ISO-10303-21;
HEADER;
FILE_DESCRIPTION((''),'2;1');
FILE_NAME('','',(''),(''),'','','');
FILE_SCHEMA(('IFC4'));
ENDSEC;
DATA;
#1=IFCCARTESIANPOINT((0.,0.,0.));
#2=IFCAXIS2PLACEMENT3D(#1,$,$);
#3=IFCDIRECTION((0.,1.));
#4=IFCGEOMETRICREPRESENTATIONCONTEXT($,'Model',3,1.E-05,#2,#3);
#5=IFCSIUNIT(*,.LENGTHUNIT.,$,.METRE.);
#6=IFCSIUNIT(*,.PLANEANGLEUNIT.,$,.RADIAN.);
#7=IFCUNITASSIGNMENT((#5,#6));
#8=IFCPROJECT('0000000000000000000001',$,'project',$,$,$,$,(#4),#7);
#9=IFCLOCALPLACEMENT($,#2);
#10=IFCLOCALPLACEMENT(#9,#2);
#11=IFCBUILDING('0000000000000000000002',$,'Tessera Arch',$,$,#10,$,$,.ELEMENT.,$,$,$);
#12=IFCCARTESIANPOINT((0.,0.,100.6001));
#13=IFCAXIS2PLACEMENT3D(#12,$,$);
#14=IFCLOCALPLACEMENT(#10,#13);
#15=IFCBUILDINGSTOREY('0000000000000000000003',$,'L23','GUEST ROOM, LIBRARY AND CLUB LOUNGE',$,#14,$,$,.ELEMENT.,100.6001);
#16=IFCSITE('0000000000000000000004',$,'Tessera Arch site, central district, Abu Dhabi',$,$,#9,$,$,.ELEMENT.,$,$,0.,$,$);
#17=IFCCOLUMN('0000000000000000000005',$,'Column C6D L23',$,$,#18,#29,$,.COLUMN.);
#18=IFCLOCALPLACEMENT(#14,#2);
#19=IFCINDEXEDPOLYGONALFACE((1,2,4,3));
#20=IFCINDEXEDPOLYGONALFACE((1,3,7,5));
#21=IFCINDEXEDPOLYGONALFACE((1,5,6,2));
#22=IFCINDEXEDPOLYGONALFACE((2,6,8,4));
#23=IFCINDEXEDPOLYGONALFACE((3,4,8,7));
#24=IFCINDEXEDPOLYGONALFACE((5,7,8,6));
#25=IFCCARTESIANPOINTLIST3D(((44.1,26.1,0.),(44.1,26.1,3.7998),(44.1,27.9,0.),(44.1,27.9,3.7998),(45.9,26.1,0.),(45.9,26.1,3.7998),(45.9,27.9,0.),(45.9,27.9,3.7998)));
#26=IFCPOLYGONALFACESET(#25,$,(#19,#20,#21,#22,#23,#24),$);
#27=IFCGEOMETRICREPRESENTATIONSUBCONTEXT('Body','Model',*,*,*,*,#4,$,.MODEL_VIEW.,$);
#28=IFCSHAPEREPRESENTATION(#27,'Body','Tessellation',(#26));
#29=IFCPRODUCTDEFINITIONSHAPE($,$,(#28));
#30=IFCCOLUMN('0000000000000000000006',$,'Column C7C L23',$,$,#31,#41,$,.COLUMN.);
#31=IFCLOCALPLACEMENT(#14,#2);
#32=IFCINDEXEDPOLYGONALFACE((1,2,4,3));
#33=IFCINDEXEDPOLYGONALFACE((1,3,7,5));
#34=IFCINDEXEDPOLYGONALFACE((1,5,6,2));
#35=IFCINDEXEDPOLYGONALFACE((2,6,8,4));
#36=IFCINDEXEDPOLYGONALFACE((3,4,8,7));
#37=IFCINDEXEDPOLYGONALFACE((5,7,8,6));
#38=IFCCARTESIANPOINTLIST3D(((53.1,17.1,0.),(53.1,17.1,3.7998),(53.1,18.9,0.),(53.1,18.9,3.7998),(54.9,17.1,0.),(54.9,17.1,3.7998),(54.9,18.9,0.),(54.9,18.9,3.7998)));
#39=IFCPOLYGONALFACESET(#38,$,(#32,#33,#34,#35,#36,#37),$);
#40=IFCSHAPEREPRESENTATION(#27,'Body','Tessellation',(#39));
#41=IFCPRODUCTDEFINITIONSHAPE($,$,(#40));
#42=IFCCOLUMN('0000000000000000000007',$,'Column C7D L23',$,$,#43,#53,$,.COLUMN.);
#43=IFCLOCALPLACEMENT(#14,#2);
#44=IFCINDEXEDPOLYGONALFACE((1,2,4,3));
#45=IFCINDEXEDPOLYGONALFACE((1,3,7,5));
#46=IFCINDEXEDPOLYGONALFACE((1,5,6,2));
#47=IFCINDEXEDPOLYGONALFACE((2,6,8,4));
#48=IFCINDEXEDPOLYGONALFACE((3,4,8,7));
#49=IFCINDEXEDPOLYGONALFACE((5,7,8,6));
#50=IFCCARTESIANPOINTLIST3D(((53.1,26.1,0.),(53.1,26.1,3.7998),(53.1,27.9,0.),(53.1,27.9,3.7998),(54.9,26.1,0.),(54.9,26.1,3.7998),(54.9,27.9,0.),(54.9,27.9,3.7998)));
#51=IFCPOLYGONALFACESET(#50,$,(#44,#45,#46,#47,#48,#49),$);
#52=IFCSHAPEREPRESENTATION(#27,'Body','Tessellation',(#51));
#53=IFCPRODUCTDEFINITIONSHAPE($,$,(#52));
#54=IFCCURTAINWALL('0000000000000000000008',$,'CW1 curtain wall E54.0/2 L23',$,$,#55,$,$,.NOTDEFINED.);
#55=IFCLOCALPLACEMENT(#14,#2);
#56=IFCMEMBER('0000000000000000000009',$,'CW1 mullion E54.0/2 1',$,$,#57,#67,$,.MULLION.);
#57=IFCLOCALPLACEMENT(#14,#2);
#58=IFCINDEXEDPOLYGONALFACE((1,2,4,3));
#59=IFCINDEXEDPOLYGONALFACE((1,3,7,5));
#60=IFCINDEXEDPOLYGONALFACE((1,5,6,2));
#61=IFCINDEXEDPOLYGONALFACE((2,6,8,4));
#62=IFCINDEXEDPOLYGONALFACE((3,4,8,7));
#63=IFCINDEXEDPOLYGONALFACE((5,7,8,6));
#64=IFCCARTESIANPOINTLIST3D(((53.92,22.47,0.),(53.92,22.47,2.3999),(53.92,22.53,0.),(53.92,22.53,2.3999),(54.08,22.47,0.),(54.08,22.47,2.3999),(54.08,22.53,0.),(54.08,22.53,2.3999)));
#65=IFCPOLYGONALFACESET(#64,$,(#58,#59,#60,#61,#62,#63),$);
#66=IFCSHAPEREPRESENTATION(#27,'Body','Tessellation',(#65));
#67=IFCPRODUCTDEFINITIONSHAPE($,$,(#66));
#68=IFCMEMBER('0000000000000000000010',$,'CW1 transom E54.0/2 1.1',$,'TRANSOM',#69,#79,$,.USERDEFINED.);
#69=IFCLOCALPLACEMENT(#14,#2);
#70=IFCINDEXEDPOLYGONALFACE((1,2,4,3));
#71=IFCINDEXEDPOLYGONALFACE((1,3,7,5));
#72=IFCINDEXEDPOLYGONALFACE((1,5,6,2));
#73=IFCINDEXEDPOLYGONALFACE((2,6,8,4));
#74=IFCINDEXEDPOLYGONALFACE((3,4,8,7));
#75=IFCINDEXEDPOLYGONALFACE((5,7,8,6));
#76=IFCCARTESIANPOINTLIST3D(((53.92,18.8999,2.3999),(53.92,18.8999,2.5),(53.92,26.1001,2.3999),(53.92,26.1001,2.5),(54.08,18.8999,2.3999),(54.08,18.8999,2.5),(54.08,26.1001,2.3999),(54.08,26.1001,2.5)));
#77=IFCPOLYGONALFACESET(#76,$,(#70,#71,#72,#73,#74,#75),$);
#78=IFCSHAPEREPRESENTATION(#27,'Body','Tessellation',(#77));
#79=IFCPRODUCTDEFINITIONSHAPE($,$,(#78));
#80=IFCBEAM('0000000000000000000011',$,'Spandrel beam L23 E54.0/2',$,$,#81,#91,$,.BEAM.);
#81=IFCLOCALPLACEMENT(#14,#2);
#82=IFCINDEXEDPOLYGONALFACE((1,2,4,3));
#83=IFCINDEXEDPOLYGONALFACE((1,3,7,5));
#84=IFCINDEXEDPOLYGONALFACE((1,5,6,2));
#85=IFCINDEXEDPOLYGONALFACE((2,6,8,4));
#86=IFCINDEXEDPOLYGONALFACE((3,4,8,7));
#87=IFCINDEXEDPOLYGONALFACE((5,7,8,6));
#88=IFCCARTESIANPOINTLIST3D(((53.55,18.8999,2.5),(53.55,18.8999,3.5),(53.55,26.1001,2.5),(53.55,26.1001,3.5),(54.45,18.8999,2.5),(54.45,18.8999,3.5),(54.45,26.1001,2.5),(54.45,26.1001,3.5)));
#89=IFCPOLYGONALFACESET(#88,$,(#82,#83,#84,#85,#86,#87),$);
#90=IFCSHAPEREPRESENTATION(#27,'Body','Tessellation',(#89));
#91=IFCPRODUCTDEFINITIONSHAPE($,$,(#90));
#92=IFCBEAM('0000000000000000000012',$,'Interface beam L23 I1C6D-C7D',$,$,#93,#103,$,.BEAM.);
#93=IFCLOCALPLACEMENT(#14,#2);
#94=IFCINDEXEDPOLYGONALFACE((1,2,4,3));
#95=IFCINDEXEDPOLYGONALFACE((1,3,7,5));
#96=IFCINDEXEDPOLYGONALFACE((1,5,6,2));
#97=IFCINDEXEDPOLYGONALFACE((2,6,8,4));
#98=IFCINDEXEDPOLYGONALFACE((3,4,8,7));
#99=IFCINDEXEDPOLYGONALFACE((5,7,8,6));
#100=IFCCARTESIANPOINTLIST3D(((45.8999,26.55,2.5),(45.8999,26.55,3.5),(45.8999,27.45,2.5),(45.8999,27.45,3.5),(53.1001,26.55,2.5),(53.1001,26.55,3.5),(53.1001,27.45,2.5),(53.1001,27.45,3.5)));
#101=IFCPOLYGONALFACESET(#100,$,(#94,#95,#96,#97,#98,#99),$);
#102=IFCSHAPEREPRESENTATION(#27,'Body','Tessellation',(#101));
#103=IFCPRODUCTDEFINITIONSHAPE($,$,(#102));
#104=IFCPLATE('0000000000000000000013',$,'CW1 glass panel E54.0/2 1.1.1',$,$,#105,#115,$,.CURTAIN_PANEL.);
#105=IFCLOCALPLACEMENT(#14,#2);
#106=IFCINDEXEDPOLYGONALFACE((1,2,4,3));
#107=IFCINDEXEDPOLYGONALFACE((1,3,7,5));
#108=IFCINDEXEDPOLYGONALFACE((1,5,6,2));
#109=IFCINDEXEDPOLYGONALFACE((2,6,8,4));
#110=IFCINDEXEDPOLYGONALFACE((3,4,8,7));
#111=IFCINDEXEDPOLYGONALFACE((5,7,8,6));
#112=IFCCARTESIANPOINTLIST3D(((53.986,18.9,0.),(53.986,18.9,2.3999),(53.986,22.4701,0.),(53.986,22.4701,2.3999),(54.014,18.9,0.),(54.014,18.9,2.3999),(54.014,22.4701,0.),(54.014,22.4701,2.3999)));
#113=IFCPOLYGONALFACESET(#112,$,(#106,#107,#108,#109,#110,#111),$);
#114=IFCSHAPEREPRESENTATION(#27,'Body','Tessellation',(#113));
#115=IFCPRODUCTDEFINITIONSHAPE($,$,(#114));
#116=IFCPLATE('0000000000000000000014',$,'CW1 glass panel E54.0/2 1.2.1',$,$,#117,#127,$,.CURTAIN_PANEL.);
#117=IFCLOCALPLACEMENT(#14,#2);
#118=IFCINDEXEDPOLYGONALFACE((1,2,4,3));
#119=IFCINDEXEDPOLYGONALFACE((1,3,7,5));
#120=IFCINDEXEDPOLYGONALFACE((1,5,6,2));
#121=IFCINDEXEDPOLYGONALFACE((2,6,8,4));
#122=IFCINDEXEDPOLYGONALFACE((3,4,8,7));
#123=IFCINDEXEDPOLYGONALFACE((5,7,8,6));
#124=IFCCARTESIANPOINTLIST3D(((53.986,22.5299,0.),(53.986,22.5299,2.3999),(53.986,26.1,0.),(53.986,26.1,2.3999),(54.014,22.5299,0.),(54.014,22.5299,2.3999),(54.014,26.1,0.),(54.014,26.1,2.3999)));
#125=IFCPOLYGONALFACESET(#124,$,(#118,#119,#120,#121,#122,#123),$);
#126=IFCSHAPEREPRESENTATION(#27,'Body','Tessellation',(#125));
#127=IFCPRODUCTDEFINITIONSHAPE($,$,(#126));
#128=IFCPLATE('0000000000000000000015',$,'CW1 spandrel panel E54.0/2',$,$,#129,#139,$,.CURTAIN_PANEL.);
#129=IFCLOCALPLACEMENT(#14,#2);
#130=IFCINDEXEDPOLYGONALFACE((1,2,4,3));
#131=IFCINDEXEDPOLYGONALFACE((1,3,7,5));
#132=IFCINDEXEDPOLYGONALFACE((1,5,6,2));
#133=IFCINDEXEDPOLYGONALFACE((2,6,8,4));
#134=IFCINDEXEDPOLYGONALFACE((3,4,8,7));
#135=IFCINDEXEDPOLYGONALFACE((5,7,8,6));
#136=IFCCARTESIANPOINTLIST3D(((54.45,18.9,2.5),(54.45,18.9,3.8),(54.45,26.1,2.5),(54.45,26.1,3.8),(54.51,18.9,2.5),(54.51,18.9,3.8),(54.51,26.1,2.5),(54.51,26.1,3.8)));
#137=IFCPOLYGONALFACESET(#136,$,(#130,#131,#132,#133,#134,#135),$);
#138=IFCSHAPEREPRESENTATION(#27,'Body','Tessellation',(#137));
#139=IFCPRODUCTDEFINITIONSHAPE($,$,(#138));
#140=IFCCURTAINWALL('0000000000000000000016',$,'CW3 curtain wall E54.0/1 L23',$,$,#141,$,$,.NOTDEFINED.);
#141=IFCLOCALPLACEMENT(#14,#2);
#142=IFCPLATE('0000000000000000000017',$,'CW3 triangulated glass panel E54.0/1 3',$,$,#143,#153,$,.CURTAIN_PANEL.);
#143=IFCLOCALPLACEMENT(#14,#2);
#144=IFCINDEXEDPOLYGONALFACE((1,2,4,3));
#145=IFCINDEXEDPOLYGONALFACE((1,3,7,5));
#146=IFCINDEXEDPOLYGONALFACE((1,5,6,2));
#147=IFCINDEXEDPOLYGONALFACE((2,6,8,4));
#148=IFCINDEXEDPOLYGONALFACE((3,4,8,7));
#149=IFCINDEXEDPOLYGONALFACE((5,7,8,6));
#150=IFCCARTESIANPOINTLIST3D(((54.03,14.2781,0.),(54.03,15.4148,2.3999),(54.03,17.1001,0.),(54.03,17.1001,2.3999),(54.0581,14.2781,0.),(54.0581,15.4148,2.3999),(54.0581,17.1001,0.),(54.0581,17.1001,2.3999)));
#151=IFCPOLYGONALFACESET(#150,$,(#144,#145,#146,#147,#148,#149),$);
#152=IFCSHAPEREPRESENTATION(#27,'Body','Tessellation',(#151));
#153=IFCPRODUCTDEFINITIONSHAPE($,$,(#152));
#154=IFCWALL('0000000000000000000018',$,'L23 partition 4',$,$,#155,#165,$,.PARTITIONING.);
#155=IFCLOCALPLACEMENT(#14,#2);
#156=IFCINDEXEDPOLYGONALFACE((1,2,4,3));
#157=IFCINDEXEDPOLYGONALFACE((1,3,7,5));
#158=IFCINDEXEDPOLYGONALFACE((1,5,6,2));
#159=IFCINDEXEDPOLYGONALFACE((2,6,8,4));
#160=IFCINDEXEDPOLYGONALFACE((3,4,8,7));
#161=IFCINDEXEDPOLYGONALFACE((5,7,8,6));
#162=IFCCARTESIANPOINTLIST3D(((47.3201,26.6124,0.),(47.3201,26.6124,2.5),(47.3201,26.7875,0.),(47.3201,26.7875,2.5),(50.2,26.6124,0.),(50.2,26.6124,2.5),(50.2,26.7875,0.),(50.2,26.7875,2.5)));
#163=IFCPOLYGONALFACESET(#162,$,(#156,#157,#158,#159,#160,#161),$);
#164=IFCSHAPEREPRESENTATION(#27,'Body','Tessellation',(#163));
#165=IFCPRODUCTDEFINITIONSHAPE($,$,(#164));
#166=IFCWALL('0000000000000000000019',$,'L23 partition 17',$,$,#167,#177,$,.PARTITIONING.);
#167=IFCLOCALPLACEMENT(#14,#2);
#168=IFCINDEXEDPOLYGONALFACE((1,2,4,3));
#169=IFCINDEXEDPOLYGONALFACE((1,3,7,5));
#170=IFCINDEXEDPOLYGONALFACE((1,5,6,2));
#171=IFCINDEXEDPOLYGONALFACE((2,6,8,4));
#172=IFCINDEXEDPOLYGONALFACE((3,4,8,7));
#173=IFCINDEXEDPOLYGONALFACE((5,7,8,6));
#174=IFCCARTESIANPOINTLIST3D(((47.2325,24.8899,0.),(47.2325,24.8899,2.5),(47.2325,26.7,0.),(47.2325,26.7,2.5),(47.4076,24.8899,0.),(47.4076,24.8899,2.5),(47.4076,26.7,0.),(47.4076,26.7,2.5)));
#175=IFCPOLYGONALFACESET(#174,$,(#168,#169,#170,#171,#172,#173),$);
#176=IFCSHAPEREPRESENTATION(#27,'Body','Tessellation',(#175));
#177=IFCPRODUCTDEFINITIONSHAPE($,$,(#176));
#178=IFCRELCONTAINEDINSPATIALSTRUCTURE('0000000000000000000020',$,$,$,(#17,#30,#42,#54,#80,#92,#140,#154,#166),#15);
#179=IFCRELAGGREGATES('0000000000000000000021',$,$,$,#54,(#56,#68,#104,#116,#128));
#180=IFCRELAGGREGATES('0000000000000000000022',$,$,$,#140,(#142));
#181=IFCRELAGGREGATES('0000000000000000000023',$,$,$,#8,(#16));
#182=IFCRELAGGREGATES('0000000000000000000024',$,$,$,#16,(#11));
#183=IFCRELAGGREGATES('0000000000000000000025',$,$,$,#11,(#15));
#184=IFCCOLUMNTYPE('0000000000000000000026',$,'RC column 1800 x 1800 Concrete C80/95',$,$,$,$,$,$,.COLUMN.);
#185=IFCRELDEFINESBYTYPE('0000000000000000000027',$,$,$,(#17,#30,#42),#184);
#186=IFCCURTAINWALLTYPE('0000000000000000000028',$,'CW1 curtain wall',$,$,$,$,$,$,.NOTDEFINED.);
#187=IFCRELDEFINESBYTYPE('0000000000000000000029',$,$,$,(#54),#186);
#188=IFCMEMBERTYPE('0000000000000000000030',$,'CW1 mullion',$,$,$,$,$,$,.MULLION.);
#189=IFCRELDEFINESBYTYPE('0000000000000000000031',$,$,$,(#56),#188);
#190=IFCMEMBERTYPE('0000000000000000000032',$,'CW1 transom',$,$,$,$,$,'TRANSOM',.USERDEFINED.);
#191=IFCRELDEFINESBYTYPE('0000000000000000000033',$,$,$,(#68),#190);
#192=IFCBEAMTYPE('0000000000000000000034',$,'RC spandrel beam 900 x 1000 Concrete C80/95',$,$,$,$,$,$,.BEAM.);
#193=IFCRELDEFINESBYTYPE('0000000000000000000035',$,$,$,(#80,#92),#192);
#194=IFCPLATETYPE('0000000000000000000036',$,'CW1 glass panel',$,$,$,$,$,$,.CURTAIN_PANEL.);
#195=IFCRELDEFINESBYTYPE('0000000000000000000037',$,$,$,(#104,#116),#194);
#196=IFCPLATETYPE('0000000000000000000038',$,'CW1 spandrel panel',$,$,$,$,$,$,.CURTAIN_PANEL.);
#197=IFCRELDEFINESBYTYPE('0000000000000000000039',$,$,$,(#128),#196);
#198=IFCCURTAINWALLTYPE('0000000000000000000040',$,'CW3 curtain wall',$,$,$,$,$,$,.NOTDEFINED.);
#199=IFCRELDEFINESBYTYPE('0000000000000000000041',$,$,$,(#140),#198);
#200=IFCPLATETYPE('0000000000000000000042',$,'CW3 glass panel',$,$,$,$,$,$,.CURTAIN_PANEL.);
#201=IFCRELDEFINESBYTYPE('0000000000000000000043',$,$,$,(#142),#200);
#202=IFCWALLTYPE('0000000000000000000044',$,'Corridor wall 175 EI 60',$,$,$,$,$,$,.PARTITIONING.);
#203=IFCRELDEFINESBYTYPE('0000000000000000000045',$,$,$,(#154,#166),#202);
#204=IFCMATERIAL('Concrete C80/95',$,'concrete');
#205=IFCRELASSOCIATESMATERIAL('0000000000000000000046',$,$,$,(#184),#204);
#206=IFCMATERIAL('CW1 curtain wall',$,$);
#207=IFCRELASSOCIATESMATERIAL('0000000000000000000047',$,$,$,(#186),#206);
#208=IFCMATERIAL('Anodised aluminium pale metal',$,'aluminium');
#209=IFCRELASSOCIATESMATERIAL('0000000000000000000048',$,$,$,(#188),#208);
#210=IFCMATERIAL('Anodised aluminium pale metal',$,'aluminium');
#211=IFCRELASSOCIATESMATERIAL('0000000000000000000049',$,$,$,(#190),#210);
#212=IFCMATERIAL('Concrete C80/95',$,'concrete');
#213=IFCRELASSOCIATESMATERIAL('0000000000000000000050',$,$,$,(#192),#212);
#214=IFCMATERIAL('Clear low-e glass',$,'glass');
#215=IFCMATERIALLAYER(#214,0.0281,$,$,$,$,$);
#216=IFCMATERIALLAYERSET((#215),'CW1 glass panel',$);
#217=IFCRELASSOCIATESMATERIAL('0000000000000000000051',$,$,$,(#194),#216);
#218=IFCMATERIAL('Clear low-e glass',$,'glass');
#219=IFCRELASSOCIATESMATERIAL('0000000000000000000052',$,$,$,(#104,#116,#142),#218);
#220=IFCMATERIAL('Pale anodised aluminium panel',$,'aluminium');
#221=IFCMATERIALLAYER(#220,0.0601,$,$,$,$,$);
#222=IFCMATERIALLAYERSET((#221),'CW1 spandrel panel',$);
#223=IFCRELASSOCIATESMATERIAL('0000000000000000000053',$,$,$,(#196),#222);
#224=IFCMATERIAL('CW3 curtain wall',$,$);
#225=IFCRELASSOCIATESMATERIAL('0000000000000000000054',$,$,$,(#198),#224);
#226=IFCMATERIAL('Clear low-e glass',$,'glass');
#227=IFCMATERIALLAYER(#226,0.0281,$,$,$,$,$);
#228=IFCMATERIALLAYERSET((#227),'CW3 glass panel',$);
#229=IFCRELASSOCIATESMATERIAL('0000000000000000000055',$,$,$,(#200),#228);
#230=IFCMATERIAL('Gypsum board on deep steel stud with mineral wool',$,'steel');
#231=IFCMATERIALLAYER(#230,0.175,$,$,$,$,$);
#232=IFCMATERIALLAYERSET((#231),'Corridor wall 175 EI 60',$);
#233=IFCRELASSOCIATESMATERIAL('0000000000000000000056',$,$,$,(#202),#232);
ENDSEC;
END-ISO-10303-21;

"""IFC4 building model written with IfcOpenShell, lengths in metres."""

from ifc_helpers import new_model, si_unit, direction, frame, frame_2d, origin, origin_2d, place, context, subcontext, project, spatial, polyline, rectangle, outline, extrude, material, layer, layer_set, material_profile, profile_set, type_object, element, aggregate, save


model = new_model("IFC4")

# Units and contexts
model_context = context("Model", 3, precision=1e-05, world=origin(), true_north=direction((0.0, 1.0)))
body_context = subcontext(model_context, "Body", "Model", "MODEL_VIEW")
ifc_project = project(units=[si_unit("LENGTHUNIT", "METRE"), si_unit("PLANEANGLEUNIT", "RADIAN")], contexts=[model_context])

# Site, building, storey
site_placement = place(None, origin())
site = spatial("IfcSite", under=ifc_project, at=site_placement, Name="Tessera Arch site, central district, Abu Dhabi", CompositionType="ELEMENT", RefElevation=0.0)
building_placement = place(site_placement, origin())
building = spatial("IfcBuilding", under=site, at=building_placement, Name="Tessera Arch", CompositionType="ELEMENT")
storey_placement = place(building_placement, frame((0.0, 0.0, 100.6001)))
storey = spatial("IfcBuildingStorey", under=building, at=storey_placement, Name="L23", Description="GUEST ROOM, LIBRARY AND CLUB LOUNGE", CompositionType="ELEMENT", Elevation=100.6001)

# Columns
ifc_material_1 = material(Name="Concrete C80/95", Category="concrete")
ifc_material_profile_1 = material_profile(ifc_material_1, rectangle(XDim=1.8, YDim=1.8, at=origin_2d()), Name="RC column 1800 x 1800 Concrete C80/95")
ifc_profile_set_1 = profile_set([ifc_material_profile_1], Name="Concrete C80/95")
column_type = type_object("IfcColumnType", Name="RC column 1800 x 1800 Concrete C80/95", PredefinedType="COLUMN", material=ifc_profile_set_1)
for number, where, z_axis, x_axis, name in (
    (1, (45.0, 27.0, 0.0), (0.0, 0.0, 1.0), (1.0, 0.0, 0.0), "Column C6D L23"),
    (2, (54.0, 18.0, 0.0), (0.0, 0.0, 1.0), (1.0, 0.0, 0.0), "Column C7C L23"),
    (3, (54.0, 27.0, 0.0), (0.0, 0.0, 1.0), (1.0, 0.0, 0.0), "Column C7D L23"),
):
    element("IfcColumn", number, at=place(storey_placement, frame(where, z_axis=z_axis, x_axis=x_axis)), inside=storey, type_object=column_type, Name=name, PredefinedType="COLUMN", context=body_context, shape_type="SweptSolid", body=[
        extrude(rectangle(XDim=1.8, YDim=1.8, at=origin_2d()), origin(), (0.0, 0.0, 1.0), 3.7998),
    ])

# Curtain wall, members
ifc_material_2 = material(Name="CW1 curtain wall")
curtain_wall_type_1 = type_object("IfcCurtainWallType", Name="CW1 curtain wall", PredefinedType="NOTDEFINED", material=ifc_material_2)
curtain_wall_1_placement = place(storey_placement, origin())
curtain_wall_1 = element("IfcCurtainWall", 4, at=curtain_wall_1_placement, inside=storey, type_object=curtain_wall_type_1, Name="CW1 curtain wall E54.0/2 L23", PredefinedType="NOTDEFINED")
ifc_material_3 = material(Name="Anodised aluminium pale metal", Category="aluminium")
ifc_material_profile_2 = material_profile(ifc_material_3, rectangle(XDim=0.1599, YDim=0.0601, at=origin_2d()), Name="AL 60x160")
ifc_profile_set_2 = profile_set([ifc_material_profile_2], Name="Anodised aluminium pale metal")
member_type_1 = type_object("IfcMemberType", Name="CW1 mullion", PredefinedType="MULLION", material=ifc_profile_set_2)
member_1_placement = place(storey_placement, frame((54.0, 22.5, 0.0), z_axis=(0.0, 0.0, 1.0), x_axis=(-1.0, 0.0, 0.0)))
member_1 = element("IfcMember", 5, at=member_1_placement, type_object=member_type_1, Name="CW1 mullion E54.0/2 1", PredefinedType="MULLION", context=body_context, shape_type="SweptSolid", body=[
    extrude(rectangle(XDim=0.1599, YDim=0.0601, at=origin_2d()), origin(), (0.0, 0.0, 1.0), 2.3999),
])
ifc_material_4 = material(Name="Anodised aluminium pale metal", Category="aluminium")
ifc_material_profile_3 = material_profile(ifc_material_4, rectangle(XDim=0.1599, YDim=0.1001, at=origin_2d()), Name="AL 160x100")
ifc_profile_set_3 = profile_set([ifc_material_profile_3], Name="Anodised aluminium pale metal")
member_type_2 = type_object("IfcMemberType", Name="CW1 transom", ElementType="TRANSOM", PredefinedType="USERDEFINED", material=ifc_profile_set_3)
member_2_placement = place(storey_placement, frame((54.0, 18.8999, 2.45), z_axis=(0.0, 1.0, 0.0), x_axis=(-1.0, 0.0, 0.0)))
member_2 = element("IfcMember", 6, at=member_2_placement, type_object=member_type_2, Name="CW1 transom E54.0/2 1.1", ObjectType="TRANSOM", PredefinedType="USERDEFINED", context=body_context, shape_type="SweptSolid", body=[
    extrude(rectangle(XDim=0.1599, YDim=0.1001, at=origin_2d()), origin(), (0.0, 0.0, 1.0), 7.2002),
])

# Beams
ifc_material_5 = material(Name="Concrete C80/95", Category="concrete")
ifc_material_profile_4 = material_profile(ifc_material_5, rectangle(XDim=0.8999, YDim=1.0, at=origin_2d()), Name="RC spandrel beam 900 x 1000 Concrete C80/95")
ifc_profile_set_4 = profile_set([ifc_material_profile_4], Name="Concrete C80/95")
beam_type = type_object("IfcBeamType", Name="RC spandrel beam 900 x 1000 Concrete C80/95", PredefinedType="BEAM", material=ifc_profile_set_4)
for number, where, z_axis, x_axis, name in (
    (7, (54.0, 18.8999, 3.0), (0.0, 1.0, 0.0), (-1.0, 0.0, 0.0), "Spandrel beam L23 E54.0/2"),
    (8, (45.8999, 27.0, 3.0), (1.0, 0.0, 0.0), (0.0, 1.0, 0.0), "Interface beam L23 I1C6D-C7D"),
):
    element("IfcBeam", number, at=place(storey_placement, frame(where, z_axis=z_axis, x_axis=x_axis)), inside=storey, type_object=beam_type, Name=name, PredefinedType="BEAM", context=body_context, shape_type="SweptSolid", body=[
        extrude(rectangle(XDim=0.8999, YDim=1.0, at=origin_2d()), origin(), (0.0, 0.0, 1.0), 7.2002),
    ])

# Plates
ifc_material_6 = material(Name="Clear low-e glass", Category="glass")
ifc_material_7 = material(Name="Clear low-e glass", Category="glass")
ifc_layer_1 = layer(ifc_material_7, 0.0281)
ifc_layer_set_1 = layer_set([ifc_layer_1], Name="CW1 glass panel")
plate_type_1 = type_object("IfcPlateType", Name="CW1 glass panel", PredefinedType="CURTAIN_PANEL", material=ifc_layer_set_1)
plate_1_placement = place(storey_placement, frame((54.0, 20.6851, 0.0), z_axis=(0.0, 0.0, 1.0), x_axis=(0.0, 1.0, 0.0)))
plate_1 = element("IfcPlate", 9, at=plate_1_placement, type_object=plate_type_1, material=ifc_material_6, Name="CW1 glass panel E54.0/2 1.1.1", PredefinedType="CURTAIN_PANEL", context=body_context, shape_type="SweptSolid", body=[
    extrude(rectangle(XDim=3.5701, YDim=0.0281, at=origin_2d()), origin(), (0.0, 0.0, 1.0), 2.3999),
])
plate_2_placement = place(storey_placement, frame((54.0, 24.3149, 0.0), z_axis=(0.0, 0.0, 1.0), x_axis=(0.0, 1.0, 0.0)))
plate_2 = element("IfcPlate", 10, at=plate_2_placement, type_object=plate_type_1, material=ifc_material_6, Name="CW1 glass panel E54.0/2 1.2.1", PredefinedType="CURTAIN_PANEL", context=body_context, shape_type="SweptSolid", body=[
    extrude(rectangle(XDim=3.5701, YDim=0.0281, at=origin_2d()), origin(), (0.0, 0.0, 1.0), 2.3999),
])
ifc_material_8 = material(Name="Pale anodised aluminium panel", Category="aluminium")
ifc_layer_2 = layer(ifc_material_8, 0.0601)
ifc_layer_set_2 = layer_set([ifc_layer_2], Name="CW1 spandrel panel")
plate_type_2 = type_object("IfcPlateType", Name="CW1 spandrel panel", PredefinedType="CURTAIN_PANEL", material=ifc_layer_set_2)
plate_3_placement = place(storey_placement, frame((54.48, 22.5, 2.5), z_axis=(0.0, 0.0, 1.0), x_axis=(0.0, 1.0, 0.0)))
plate_3 = element("IfcPlate", 11, at=plate_3_placement, type_object=plate_type_2, Name="CW1 spandrel panel E54.0/2", PredefinedType="CURTAIN_PANEL", context=body_context, shape_type="SweptSolid", body=[
    extrude(rectangle(XDim=7.2, YDim=0.0601, at=origin_2d()), origin(), (0.0, 0.0, 1.0), 1.3),
])
aggregate(curtain_wall_1, [member_1, member_2, plate_1, plate_2, plate_3])

# Curtain wall, plate
ifc_material_9 = material(Name="CW3 curtain wall")
curtain_wall_type_2 = type_object("IfcCurtainWallType", Name="CW3 curtain wall", PredefinedType="NOTDEFINED", material=ifc_material_9)
curtain_wall_2_placement = place(storey_placement, origin())
curtain_wall_2 = element("IfcCurtainWall", 12, at=curtain_wall_2_placement, inside=storey, type_object=curtain_wall_type_2, Name="CW3 curtain wall E54.0/1 L23", PredefinedType="NOTDEFINED")
ifc_material_10 = material(Name="Clear low-e glass", Category="glass")
ifc_layer_3 = layer(ifc_material_10, 0.0281)
ifc_layer_set_3 = layer_set([ifc_layer_3], Name="CW3 glass panel")
plate_type_3 = type_object("IfcPlateType", Name="CW3 glass panel", PredefinedType="CURTAIN_PANEL", material=ifc_layer_set_3)
plate_4_placement = place(storey_placement, frame((54.0581, 17.1001, 2.3999), z_axis=(1.0, 0.0, 0.0), x_axis=(0.0, -1.0, 0.0)))
plate_4 = element("IfcPlate", 13, at=plate_4_placement, type_object=plate_type_3, material=ifc_material_6, Name="CW3 triangulated glass panel E54.0/1 3", PredefinedType="CURTAIN_PANEL", context=body_context, shape_type="SweptSolid", body=[
    extrude(outline(polyline([(0.0, 0.0), (1.6853, 0.0), (2.822, 2.3999), (0.0, 2.3999), (0.0, 0.0)])), origin(), (0.0, 0.0, -1.0), 0.0281),
])
aggregate(curtain_wall_2, [plate_4])

# Walls
ifc_material_11 = material(Name="Gypsum board on deep steel stud with mineral wool", Category="steel")
ifc_layer_4 = layer(ifc_material_11, 0.175)
ifc_layer_set_4 = layer_set([ifc_layer_4], Name="Corridor wall 175 EI 60")
wall_type_1 = type_object("IfcWallType", Name="Corridor wall 175 EI 60", PredefinedType="PARTITIONING", material=ifc_layer_set_4)
wall_1_placement = place(storey_placement, frame((47.3201, 26.7, 0.0), z_axis=(0.0, 0.0, 1.0), x_axis=(1.0, 0.0, 0.0)))
element("IfcWall", 14, at=wall_1_placement, inside=storey, type_object=wall_type_1, Name="L23 partition 4", PredefinedType="PARTITIONING", context=body_context, shape_type="SweptSolid", body=[
    extrude(rectangle(XDim=2.8799, YDim=0.175, at=frame_2d((1.4399, 0.0))), origin(), (0.0, 0.0, 1.0), 2.5),
])
wall_2_placement = place(storey_placement, frame((47.3201, 24.8899, 0.0), z_axis=(0.0, 0.0, 1.0), x_axis=(0.0, 1.0, 0.0)))
element("IfcWall", 15, at=wall_2_placement, inside=storey, type_object=wall_type_1, Name="L23 partition 17", PredefinedType="PARTITIONING", context=body_context, shape_type="SweptSolid", body=[
    extrude(rectangle(XDim=1.8101, YDim=0.175, at=frame_2d((0.905, 0.0))), origin(), (0.0, 0.0, 1.0), 2.5),
])

save(model, "model.ifc")
